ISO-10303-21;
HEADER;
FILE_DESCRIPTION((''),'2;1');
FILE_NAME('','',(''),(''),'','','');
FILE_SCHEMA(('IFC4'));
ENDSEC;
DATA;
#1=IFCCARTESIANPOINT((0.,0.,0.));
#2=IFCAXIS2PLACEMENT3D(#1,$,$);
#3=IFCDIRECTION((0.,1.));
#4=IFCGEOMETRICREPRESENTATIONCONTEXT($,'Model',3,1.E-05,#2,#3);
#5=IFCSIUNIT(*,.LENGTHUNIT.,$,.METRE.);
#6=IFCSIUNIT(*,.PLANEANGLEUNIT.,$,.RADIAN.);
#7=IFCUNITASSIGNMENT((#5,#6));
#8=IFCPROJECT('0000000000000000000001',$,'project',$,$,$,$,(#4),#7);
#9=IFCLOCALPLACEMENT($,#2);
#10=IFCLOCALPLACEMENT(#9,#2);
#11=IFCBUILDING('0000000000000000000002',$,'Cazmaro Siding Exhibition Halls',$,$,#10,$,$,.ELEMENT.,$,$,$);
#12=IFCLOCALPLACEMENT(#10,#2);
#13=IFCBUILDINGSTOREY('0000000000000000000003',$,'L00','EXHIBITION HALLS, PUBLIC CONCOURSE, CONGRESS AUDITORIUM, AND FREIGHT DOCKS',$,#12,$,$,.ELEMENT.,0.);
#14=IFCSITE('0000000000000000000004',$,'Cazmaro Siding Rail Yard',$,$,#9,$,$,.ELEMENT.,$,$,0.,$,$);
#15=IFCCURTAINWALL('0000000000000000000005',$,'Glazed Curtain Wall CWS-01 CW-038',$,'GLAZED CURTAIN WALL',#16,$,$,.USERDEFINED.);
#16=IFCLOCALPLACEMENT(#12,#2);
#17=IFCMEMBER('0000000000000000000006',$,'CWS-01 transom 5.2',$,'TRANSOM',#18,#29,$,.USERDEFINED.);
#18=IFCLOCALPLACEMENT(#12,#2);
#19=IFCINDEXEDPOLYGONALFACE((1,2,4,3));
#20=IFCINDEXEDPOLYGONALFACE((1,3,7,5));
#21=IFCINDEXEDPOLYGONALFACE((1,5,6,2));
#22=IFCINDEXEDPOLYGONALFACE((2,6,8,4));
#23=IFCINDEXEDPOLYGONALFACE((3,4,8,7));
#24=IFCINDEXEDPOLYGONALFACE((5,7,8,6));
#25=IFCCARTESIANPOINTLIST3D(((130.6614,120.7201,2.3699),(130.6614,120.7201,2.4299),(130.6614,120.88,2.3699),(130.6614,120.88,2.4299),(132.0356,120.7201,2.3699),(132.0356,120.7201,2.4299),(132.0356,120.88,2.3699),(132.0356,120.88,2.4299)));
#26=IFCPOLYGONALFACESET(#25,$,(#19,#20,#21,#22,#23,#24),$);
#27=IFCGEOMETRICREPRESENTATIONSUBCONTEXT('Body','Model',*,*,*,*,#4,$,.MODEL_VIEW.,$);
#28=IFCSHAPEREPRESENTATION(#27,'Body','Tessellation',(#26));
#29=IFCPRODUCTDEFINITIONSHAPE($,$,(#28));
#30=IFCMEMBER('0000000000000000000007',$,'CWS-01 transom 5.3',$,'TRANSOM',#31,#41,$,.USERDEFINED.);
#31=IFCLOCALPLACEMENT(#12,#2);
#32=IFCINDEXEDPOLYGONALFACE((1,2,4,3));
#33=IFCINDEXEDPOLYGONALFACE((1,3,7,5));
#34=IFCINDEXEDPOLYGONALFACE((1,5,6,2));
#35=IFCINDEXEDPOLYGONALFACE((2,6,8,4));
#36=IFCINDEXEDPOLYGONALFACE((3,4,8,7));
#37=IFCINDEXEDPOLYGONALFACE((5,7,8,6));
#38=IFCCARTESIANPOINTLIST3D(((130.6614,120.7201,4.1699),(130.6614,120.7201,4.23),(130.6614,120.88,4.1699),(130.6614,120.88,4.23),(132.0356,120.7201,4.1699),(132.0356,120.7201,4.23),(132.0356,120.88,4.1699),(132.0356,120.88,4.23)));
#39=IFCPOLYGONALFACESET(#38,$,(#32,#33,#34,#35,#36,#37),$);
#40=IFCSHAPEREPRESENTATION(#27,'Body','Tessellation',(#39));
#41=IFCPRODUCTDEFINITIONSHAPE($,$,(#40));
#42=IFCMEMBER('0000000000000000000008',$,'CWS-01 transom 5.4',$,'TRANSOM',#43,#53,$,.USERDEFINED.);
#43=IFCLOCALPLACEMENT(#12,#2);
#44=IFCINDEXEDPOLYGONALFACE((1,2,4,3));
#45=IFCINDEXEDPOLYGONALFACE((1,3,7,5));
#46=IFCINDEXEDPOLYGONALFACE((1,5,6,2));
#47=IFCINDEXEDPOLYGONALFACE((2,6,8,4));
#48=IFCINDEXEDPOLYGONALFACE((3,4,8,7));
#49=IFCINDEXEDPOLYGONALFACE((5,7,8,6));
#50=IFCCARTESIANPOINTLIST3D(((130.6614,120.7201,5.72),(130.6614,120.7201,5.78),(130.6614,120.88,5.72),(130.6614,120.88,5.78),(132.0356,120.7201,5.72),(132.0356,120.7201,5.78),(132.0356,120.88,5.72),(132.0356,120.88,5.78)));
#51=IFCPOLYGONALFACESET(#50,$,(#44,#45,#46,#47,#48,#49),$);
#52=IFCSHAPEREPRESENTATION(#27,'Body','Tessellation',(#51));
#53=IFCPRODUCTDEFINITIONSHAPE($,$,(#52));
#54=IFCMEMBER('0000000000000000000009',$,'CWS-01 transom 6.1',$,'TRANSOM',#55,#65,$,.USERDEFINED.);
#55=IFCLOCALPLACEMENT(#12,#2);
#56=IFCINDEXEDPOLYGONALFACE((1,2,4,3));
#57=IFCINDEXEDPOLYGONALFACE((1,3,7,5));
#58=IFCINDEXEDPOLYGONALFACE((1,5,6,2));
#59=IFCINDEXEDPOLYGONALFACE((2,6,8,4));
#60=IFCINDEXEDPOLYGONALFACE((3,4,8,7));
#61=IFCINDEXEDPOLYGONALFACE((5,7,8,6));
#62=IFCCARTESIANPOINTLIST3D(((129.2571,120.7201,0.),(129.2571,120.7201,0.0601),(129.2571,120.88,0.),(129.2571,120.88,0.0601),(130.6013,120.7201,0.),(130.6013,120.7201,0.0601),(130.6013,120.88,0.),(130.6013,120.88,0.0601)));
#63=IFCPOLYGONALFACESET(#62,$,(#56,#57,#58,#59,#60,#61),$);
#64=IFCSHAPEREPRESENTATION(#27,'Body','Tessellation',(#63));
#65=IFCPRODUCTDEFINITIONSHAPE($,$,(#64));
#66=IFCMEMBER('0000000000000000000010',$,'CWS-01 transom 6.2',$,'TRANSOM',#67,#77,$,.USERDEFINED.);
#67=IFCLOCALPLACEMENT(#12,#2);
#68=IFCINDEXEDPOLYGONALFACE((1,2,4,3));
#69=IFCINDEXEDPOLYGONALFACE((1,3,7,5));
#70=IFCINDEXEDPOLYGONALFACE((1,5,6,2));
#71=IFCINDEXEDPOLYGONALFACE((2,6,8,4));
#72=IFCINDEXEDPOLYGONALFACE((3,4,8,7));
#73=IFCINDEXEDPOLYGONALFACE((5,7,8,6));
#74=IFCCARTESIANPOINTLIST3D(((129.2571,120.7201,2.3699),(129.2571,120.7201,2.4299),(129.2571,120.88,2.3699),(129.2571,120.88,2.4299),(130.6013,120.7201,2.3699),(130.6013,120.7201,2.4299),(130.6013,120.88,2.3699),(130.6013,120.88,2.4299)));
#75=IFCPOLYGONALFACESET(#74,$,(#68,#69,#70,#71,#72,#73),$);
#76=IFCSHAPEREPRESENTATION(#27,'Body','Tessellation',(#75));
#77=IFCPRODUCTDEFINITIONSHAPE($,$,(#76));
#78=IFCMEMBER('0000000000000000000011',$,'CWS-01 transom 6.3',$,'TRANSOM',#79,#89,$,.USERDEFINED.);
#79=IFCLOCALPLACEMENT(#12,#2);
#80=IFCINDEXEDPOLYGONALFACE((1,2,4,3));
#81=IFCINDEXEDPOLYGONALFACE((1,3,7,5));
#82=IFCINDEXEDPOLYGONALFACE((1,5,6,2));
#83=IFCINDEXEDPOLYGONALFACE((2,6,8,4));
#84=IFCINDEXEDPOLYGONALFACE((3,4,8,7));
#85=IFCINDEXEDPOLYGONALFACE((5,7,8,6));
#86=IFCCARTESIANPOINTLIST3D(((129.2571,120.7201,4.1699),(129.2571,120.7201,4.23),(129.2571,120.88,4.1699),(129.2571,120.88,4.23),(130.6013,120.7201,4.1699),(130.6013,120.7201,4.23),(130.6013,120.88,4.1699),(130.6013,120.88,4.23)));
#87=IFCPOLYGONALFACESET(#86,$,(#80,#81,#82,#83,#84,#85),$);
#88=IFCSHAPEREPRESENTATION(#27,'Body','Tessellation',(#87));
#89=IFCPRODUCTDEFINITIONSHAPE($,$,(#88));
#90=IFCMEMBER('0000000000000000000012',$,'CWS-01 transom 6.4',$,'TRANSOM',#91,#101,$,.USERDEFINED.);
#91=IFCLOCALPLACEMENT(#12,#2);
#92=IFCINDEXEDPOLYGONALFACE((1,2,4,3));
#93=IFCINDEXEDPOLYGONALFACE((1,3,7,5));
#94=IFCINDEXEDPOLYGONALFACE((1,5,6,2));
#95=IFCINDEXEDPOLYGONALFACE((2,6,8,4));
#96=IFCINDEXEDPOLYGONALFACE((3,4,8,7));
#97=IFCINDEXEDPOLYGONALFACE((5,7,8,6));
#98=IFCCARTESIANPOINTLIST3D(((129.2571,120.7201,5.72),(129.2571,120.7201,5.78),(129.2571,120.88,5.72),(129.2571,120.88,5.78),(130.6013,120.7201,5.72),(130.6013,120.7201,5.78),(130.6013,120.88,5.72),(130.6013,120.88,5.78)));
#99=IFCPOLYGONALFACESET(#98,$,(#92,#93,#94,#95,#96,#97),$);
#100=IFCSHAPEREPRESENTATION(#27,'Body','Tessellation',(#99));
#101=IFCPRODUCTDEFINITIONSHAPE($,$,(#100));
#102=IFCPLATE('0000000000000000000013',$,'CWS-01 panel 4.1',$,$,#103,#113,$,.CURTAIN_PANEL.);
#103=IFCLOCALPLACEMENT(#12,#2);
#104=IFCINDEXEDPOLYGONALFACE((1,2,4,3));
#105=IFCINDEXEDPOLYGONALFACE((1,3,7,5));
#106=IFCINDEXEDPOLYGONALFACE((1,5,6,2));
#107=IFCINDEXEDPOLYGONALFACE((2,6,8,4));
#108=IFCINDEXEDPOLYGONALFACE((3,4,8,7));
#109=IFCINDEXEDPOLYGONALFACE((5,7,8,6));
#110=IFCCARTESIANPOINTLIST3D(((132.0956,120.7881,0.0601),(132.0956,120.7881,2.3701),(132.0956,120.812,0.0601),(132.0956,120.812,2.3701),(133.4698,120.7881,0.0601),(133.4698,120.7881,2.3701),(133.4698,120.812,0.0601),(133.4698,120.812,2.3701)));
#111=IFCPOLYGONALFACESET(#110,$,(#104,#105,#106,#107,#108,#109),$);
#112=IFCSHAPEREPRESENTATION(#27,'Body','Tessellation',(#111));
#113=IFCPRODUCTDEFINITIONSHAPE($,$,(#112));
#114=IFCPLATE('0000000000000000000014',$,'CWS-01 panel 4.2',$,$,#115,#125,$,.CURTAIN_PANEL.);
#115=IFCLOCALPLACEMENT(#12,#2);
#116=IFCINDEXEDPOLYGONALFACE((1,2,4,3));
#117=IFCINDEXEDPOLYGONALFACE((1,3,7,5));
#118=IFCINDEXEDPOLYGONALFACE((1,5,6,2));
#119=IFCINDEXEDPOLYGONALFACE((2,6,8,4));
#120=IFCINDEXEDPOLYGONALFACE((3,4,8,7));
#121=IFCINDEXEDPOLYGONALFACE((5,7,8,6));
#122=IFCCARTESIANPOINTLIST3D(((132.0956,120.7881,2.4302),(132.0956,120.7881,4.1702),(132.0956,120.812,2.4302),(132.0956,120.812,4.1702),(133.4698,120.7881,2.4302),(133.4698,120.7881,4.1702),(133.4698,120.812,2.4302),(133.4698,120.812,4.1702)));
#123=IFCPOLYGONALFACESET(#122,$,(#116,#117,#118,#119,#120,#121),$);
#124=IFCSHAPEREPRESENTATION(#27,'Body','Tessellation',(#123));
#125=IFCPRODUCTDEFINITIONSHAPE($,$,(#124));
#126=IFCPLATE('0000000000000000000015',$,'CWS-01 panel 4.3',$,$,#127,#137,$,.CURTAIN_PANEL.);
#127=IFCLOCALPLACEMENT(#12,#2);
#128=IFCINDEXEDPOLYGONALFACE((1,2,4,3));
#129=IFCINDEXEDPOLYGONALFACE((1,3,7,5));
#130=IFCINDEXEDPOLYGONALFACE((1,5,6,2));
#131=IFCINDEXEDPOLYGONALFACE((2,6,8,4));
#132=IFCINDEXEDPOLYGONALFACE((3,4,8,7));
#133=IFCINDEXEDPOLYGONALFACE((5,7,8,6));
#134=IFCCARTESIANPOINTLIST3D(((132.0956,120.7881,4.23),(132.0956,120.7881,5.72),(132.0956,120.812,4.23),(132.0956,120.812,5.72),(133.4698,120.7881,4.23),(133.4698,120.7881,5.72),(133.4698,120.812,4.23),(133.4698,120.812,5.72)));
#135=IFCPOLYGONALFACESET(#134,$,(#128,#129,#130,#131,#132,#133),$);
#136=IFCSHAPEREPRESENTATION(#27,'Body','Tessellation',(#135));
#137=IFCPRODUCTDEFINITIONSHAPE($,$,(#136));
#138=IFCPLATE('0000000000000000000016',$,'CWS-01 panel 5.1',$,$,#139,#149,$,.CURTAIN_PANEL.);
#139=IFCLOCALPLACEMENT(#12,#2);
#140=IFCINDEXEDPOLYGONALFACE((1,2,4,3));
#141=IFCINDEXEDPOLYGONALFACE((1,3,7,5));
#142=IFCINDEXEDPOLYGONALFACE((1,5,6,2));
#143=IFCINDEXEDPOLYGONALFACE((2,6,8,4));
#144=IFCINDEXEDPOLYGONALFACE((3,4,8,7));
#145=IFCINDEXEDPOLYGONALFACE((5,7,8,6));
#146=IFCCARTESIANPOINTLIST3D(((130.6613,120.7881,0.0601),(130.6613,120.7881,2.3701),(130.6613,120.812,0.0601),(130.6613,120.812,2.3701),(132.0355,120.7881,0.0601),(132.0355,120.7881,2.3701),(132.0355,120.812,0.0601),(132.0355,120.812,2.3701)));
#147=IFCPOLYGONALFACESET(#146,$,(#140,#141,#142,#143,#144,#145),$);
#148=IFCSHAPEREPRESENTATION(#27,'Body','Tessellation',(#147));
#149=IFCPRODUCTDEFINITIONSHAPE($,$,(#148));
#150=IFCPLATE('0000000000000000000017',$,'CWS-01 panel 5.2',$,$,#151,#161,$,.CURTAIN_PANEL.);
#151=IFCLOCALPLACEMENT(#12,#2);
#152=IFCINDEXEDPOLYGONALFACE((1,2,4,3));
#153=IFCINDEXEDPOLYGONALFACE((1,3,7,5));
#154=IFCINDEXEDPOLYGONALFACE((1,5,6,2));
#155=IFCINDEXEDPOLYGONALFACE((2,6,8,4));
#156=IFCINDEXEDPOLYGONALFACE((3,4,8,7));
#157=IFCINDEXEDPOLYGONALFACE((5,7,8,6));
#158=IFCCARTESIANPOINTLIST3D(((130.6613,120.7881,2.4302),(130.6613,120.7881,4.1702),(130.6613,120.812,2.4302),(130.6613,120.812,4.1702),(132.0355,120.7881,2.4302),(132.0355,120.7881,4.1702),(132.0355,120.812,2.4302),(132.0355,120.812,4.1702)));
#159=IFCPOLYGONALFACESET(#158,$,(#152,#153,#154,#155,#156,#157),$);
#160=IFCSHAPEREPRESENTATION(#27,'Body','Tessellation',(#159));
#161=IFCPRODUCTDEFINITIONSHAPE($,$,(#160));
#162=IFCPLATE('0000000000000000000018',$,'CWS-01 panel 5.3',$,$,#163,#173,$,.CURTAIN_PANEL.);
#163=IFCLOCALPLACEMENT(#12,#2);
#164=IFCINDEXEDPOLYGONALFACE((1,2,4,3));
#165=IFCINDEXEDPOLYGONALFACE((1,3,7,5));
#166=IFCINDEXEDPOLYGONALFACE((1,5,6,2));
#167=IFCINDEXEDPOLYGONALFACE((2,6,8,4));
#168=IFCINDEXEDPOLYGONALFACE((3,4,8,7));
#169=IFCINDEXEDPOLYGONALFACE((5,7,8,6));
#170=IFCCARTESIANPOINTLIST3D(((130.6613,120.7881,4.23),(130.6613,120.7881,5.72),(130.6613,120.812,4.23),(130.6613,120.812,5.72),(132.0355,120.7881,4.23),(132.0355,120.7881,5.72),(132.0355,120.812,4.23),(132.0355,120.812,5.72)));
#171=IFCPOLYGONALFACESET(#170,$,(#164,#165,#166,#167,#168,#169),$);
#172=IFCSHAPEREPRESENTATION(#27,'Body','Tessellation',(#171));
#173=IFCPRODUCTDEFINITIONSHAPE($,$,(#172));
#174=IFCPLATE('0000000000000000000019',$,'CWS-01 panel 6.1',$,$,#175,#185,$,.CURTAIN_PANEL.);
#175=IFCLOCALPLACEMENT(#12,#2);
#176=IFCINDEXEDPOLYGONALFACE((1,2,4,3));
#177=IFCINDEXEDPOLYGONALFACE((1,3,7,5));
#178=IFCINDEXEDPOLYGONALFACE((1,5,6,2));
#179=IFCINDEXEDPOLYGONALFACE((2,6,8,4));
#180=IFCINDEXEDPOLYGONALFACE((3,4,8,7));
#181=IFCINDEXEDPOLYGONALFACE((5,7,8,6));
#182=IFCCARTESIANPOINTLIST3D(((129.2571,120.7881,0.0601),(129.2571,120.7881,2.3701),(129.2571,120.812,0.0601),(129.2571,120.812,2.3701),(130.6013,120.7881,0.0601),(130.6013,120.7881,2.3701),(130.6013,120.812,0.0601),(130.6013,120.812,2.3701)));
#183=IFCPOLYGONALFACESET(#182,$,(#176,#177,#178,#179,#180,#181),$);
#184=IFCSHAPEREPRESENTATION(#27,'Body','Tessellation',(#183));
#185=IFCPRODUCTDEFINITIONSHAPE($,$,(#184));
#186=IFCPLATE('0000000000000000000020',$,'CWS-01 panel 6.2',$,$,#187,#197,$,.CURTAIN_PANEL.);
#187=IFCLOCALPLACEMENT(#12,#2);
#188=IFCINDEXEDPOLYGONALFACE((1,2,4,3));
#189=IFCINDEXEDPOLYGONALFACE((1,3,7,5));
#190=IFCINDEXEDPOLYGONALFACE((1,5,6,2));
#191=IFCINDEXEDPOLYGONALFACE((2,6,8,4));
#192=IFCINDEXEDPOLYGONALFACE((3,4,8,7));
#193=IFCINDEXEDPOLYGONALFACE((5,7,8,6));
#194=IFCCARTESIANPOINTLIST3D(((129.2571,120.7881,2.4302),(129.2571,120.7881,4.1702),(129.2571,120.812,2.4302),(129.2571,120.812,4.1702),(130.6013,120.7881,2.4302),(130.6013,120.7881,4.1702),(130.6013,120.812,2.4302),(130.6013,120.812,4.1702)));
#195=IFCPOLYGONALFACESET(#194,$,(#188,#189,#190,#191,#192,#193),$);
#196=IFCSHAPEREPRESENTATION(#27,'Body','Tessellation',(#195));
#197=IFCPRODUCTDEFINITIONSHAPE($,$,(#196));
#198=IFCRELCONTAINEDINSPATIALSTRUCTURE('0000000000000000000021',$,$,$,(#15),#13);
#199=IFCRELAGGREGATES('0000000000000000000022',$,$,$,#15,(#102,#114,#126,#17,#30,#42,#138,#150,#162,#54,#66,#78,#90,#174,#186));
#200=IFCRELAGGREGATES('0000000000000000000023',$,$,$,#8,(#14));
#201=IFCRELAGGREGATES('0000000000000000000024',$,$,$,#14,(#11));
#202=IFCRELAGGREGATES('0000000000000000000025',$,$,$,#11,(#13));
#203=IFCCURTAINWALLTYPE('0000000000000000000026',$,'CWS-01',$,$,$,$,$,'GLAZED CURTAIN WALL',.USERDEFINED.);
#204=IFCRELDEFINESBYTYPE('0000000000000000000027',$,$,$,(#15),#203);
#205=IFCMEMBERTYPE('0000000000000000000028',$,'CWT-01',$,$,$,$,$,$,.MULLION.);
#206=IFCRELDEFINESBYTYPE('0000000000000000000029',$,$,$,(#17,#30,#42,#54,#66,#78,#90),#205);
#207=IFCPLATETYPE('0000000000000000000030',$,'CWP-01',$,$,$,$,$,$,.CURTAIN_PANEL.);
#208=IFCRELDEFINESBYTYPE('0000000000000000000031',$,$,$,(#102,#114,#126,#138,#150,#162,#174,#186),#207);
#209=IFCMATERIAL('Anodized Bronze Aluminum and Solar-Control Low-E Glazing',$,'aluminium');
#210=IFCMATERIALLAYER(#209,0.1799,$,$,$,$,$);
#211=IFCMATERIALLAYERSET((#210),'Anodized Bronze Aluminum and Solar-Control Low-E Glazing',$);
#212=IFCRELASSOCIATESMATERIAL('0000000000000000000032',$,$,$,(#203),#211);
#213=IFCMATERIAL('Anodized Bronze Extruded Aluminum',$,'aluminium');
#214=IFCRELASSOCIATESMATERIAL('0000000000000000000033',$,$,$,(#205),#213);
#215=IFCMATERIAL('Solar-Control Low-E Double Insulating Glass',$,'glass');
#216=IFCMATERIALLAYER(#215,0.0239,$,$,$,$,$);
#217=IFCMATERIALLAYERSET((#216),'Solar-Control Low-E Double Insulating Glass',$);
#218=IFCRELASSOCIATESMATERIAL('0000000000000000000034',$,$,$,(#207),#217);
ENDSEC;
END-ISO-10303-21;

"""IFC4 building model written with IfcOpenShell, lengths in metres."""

from ifc_helpers import new_model, si_unit, direction, frame, origin, origin_2d, place, context, subcontext, project, spatial, rectangle, extrude, material, layer, layer_set, material_profile, profile_set, type_object, element, aggregate, save


model = new_model("IFC4")

# Units and contexts
model_context = context("Model", 3, precision=1e-05, world=origin(), true_north=direction((0.0, 1.0)))
body_context = subcontext(model_context, "Body", "Model", "MODEL_VIEW")
ifc_project = project(units=[si_unit("LENGTHUNIT", "METRE"), si_unit("PLANEANGLEUNIT", "RADIAN")], contexts=[model_context])

# Site, building, storey
site_placement = place(None, origin())
site = spatial("IfcSite", under=ifc_project, at=site_placement, Name="Cazmaro Siding Rail Yard", CompositionType="ELEMENT", RefElevation=0.0)
building_placement = place(site_placement, origin())
building = spatial("IfcBuilding", under=site, at=building_placement, Name="Cazmaro Siding Exhibition Halls", CompositionType="ELEMENT")
storey_placement = place(building_placement, origin())
storey = spatial("IfcBuildingStorey", under=building, at=storey_placement, Name="L00", Description="EXHIBITION HALLS, PUBLIC CONCOURSE, CONGRESS AUDITORIUM, AND FREIGHT DOCKS", CompositionType="ELEMENT", Elevation=0.0)

# Curtain wall, members, plates
ifc_material_1 = material(Name="Anodized Bronze Aluminum and Solar-Control Low-E Glazing", Category="aluminium")
ifc_layer_1 = layer(ifc_material_1, 0.1799)
ifc_layer_set_1 = layer_set([ifc_layer_1], Name="Anodized Bronze Aluminum and Solar-Control Low-E Glazing")
curtain_wall_type = type_object("IfcCurtainWallType", Name="CWS-01", ElementType="GLAZED CURTAIN WALL", PredefinedType="USERDEFINED", material=ifc_layer_set_1)
curtain_wall_placement = place(storey_placement, origin())
curtain_wall = element("IfcCurtainWall", 1, at=curtain_wall_placement, inside=storey, type_object=curtain_wall_type, Name="Glazed Curtain Wall CWS-01 CW-038", ObjectType="GLAZED CURTAIN WALL", PredefinedType="USERDEFINED")
ifc_material_2 = material(Name="Anodized Bronze Extruded Aluminum", Category="aluminium")
ifc_material_profile_1 = material_profile(ifc_material_2, rectangle(XDim=0.1599, YDim=0.0601, at=origin_2d()), Name="CWT-01")
ifc_profile_set_1 = profile_set([ifc_material_profile_1], Name="Anodized Bronze Extruded Aluminum")
member_type_1 = type_object("IfcMemberType", Name="CWT-01", PredefinedType="MULLION", material=ifc_profile_set_1)
member_1_placement = place(storey_placement, frame((132.0356, 120.8, 2.3999), z_axis=(-1.0, 0.0, 0.0), x_axis=(0.0, -1.0, 0.0)))
member_1 = element("IfcMember", 2, at=member_1_placement, type_object=member_type_1, Name="CWS-01 transom 5.2", ObjectType="TRANSOM", PredefinedType="USERDEFINED", context=body_context, shape_type="SweptSolid", body=[
    extrude(rectangle(XDim=0.1599, YDim=0.0601, at=origin_2d()), origin(), (0.0, 0.0, 1.0), 1.3743),
])
member_2_placement = place(storey_placement, frame((132.0356, 120.8, 4.2), z_axis=(-1.0, 0.0, 0.0), x_axis=(0.0, -1.0, 0.0)))
member_2 = element("IfcMember", 3, at=member_2_placement, type_object=member_type_1, Name="CWS-01 transom 5.3", ObjectType="TRANSOM", PredefinedType="USERDEFINED", context=body_context, shape_type="SweptSolid", body=[
    extrude(rectangle(XDim=0.1599, YDim=0.0601, at=origin_2d()), origin(), (0.0, 0.0, 1.0), 1.3743),
])
member_3_placement = place(storey_placement, frame((132.0356, 120.8, 5.75), z_axis=(-1.0, 0.0, 0.0), x_axis=(0.0, -1.0, 0.0)))
member_3 = element("IfcMember", 4, at=member_3_placement, type_object=member_type_1, Name="CWS-01 transom 5.4", ObjectType="TRANSOM", PredefinedType="USERDEFINED", context=body_context, shape_type="SweptSolid", body=[
    extrude(rectangle(XDim=0.1599, YDim=0.0601, at=origin_2d()), origin(), (0.0, 0.0, 1.0), 1.3743),
])
member_4_placement = place(storey_placement, frame((130.6013, 120.8, 0.03), z_axis=(-1.0, 0.0, 0.0), x_axis=(0.0, -1.0, 0.0)))
member_4 = element("IfcMember", 5, at=member_4_placement, type_object=member_type_1, Name="CWS-01 transom 6.1", ObjectType="TRANSOM", PredefinedType="USERDEFINED", context=body_context, shape_type="SweptSolid", body=[
    extrude(rectangle(XDim=0.1599, YDim=0.0601, at=origin_2d()), origin(), (0.0, 0.0, 1.0), 1.3442),
])
member_5_placement = place(storey_placement, frame((130.6013, 120.8, 2.3999), z_axis=(-1.0, 0.0, 0.0), x_axis=(0.0, -1.0, 0.0)))
member_5 = element("IfcMember", 6, at=member_5_placement, type_object=member_type_1, Name="CWS-01 transom 6.2", ObjectType="TRANSOM", PredefinedType="USERDEFINED", context=body_context, shape_type="SweptSolid", body=[
    extrude(rectangle(XDim=0.1599, YDim=0.0601, at=origin_2d()), origin(), (0.0, 0.0, 1.0), 1.3442),
])
member_6_placement = place(storey_placement, frame((130.6013, 120.8, 4.2), z_axis=(-1.0, 0.0, 0.0), x_axis=(0.0, -1.0, 0.0)))
member_6 = element("IfcMember", 7, at=member_6_placement, type_object=member_type_1, Name="CWS-01 transom 6.3", ObjectType="TRANSOM", PredefinedType="USERDEFINED", context=body_context, shape_type="SweptSolid", body=[
    extrude(rectangle(XDim=0.1599, YDim=0.0601, at=origin_2d()), origin(), (0.0, 0.0, 1.0), 1.3442),
])
member_7_placement = place(storey_placement, frame((130.6013, 120.8, 5.75), z_axis=(-1.0, 0.0, 0.0), x_axis=(0.0, -1.0, 0.0)))
member_7 = element("IfcMember", 8, at=member_7_placement, type_object=member_type_1, Name="CWS-01 transom 6.4", ObjectType="TRANSOM", PredefinedType="USERDEFINED", context=body_context, shape_type="SweptSolid", body=[
    extrude(rectangle(XDim=0.1599, YDim=0.0601, at=origin_2d()), origin(), (0.0, 0.0, 1.0), 1.3442),
])
ifc_material_3 = material(Name="Solar-Control Low-E Double Insulating Glass", Category="glass")
ifc_layer_2 = layer(ifc_material_3, 0.0239)
ifc_layer_set_2 = layer_set([ifc_layer_2], Name="Solar-Control Low-E Double Insulating Glass")
plate_type = type_object("IfcPlateType", Name="CWP-01", PredefinedType="CURTAIN_PANEL", material=ifc_layer_set_2)
plate_1_placement = place(storey_placement, frame((132.7827, 120.8, 0.0601), z_axis=(0.0, 0.0, 1.0), x_axis=(-1.0, 0.0, 0.0)))
plate_1 = element("IfcPlate", 9, at=plate_1_placement, type_object=plate_type, Name="CWS-01 panel 4.1", PredefinedType="CURTAIN_PANEL", context=body_context, shape_type="SweptSolid", body=[
    extrude(rectangle(XDim=1.3743, YDim=0.0239, at=origin_2d()), origin(), (0.0, 0.0, 1.0), 2.3101),
])
plate_2_placement = place(storey_placement, frame((132.7827, 120.8, 2.4302), z_axis=(0.0, 0.0, 1.0), x_axis=(-1.0, 0.0, 0.0)))
plate_2 = element("IfcPlate", 10, at=plate_2_placement, type_object=plate_type, Name="CWS-01 panel 4.2", PredefinedType="CURTAIN_PANEL", context=body_context, shape_type="SweptSolid", body=[
    extrude(rectangle(XDim=1.3743, YDim=0.0239, at=origin_2d()), origin(), (0.0, 0.0, 1.0), 1.74),
])
plate_3_placement = place(storey_placement, frame((132.7827, 120.8, 4.23), z_axis=(0.0, 0.0, 1.0), x_axis=(-1.0, 0.0, 0.0)))
plate_3 = element("IfcPlate", 11, at=plate_3_placement, type_object=plate_type, Name="CWS-01 panel 4.3", PredefinedType="CURTAIN_PANEL", context=body_context, shape_type="SweptSolid", body=[
    extrude(rectangle(XDim=1.3743, YDim=0.0239, at=origin_2d()), origin(), (0.0, 0.0, 1.0), 1.49),
])
plate_4_placement = place(storey_placement, frame((131.3484, 120.8, 0.0601), z_axis=(0.0, 0.0, 1.0), x_axis=(-1.0, 0.0, 0.0)))
plate_4 = element("IfcPlate", 12, at=plate_4_placement, type_object=plate_type, Name="CWS-01 panel 5.1", PredefinedType="CURTAIN_PANEL", context=body_context, shape_type="SweptSolid", body=[
    extrude(rectangle(XDim=1.3743, YDim=0.0239, at=origin_2d()), origin(), (0.0, 0.0, 1.0), 2.3101),
])
plate_5_placement = place(storey_placement, frame((131.3484, 120.8, 2.4302), z_axis=(0.0, 0.0, 1.0), x_axis=(-1.0, 0.0, 0.0)))
plate_5 = element("IfcPlate", 13, at=plate_5_placement, type_object=plate_type, Name="CWS-01 panel 5.2", PredefinedType="CURTAIN_PANEL", context=body_context, shape_type="SweptSolid", body=[
    extrude(rectangle(XDim=1.3743, YDim=0.0239, at=origin_2d()), origin(), (0.0, 0.0, 1.0), 1.74),
])
plate_6_placement = place(storey_placement, frame((131.3484, 120.8, 4.23), z_axis=(0.0, 0.0, 1.0), x_axis=(-1.0, 0.0, 0.0)))
plate_6 = element("IfcPlate", 14, at=plate_6_placement, type_object=plate_type, Name="CWS-01 panel 5.3", PredefinedType="CURTAIN_PANEL", context=body_context, shape_type="SweptSolid", body=[
    extrude(rectangle(XDim=1.3743, YDim=0.0239, at=origin_2d()), origin(), (0.0, 0.0, 1.0), 1.49),
])
plate_7_placement = place(storey_placement, frame((129.9292, 120.8, 0.0601), z_axis=(0.0, 0.0, 1.0), x_axis=(-1.0, 0.0, 0.0)))
plate_7 = element("IfcPlate", 15, at=plate_7_placement, type_object=plate_type, Name="CWS-01 panel 6.1", PredefinedType="CURTAIN_PANEL", context=body_context, shape_type="SweptSolid", body=[
    extrude(rectangle(XDim=1.3442, YDim=0.0239, at=origin_2d()), origin(), (0.0, 0.0, 1.0), 2.3101),
])
plate_8_placement = place(storey_placement, frame((129.9292, 120.8, 2.4302), z_axis=(0.0, 0.0, 1.0), x_axis=(-1.0, 0.0, 0.0)))
plate_8 = element("IfcPlate", 16, at=plate_8_placement, type_object=plate_type, Name="CWS-01 panel 6.2", PredefinedType="CURTAIN_PANEL", context=body_context, shape_type="SweptSolid", body=[
    extrude(rectangle(XDim=1.3442, YDim=0.0239, at=origin_2d()), origin(), (0.0, 0.0, 1.0), 1.74),
])
aggregate(curtain_wall, [plate_1, plate_2, plate_3, member_1, member_2, member_3, plate_4, plate_5, plate_6, member_4, member_5, member_6, member_7, plate_7, plate_8])

save(model, "model.ifc")
